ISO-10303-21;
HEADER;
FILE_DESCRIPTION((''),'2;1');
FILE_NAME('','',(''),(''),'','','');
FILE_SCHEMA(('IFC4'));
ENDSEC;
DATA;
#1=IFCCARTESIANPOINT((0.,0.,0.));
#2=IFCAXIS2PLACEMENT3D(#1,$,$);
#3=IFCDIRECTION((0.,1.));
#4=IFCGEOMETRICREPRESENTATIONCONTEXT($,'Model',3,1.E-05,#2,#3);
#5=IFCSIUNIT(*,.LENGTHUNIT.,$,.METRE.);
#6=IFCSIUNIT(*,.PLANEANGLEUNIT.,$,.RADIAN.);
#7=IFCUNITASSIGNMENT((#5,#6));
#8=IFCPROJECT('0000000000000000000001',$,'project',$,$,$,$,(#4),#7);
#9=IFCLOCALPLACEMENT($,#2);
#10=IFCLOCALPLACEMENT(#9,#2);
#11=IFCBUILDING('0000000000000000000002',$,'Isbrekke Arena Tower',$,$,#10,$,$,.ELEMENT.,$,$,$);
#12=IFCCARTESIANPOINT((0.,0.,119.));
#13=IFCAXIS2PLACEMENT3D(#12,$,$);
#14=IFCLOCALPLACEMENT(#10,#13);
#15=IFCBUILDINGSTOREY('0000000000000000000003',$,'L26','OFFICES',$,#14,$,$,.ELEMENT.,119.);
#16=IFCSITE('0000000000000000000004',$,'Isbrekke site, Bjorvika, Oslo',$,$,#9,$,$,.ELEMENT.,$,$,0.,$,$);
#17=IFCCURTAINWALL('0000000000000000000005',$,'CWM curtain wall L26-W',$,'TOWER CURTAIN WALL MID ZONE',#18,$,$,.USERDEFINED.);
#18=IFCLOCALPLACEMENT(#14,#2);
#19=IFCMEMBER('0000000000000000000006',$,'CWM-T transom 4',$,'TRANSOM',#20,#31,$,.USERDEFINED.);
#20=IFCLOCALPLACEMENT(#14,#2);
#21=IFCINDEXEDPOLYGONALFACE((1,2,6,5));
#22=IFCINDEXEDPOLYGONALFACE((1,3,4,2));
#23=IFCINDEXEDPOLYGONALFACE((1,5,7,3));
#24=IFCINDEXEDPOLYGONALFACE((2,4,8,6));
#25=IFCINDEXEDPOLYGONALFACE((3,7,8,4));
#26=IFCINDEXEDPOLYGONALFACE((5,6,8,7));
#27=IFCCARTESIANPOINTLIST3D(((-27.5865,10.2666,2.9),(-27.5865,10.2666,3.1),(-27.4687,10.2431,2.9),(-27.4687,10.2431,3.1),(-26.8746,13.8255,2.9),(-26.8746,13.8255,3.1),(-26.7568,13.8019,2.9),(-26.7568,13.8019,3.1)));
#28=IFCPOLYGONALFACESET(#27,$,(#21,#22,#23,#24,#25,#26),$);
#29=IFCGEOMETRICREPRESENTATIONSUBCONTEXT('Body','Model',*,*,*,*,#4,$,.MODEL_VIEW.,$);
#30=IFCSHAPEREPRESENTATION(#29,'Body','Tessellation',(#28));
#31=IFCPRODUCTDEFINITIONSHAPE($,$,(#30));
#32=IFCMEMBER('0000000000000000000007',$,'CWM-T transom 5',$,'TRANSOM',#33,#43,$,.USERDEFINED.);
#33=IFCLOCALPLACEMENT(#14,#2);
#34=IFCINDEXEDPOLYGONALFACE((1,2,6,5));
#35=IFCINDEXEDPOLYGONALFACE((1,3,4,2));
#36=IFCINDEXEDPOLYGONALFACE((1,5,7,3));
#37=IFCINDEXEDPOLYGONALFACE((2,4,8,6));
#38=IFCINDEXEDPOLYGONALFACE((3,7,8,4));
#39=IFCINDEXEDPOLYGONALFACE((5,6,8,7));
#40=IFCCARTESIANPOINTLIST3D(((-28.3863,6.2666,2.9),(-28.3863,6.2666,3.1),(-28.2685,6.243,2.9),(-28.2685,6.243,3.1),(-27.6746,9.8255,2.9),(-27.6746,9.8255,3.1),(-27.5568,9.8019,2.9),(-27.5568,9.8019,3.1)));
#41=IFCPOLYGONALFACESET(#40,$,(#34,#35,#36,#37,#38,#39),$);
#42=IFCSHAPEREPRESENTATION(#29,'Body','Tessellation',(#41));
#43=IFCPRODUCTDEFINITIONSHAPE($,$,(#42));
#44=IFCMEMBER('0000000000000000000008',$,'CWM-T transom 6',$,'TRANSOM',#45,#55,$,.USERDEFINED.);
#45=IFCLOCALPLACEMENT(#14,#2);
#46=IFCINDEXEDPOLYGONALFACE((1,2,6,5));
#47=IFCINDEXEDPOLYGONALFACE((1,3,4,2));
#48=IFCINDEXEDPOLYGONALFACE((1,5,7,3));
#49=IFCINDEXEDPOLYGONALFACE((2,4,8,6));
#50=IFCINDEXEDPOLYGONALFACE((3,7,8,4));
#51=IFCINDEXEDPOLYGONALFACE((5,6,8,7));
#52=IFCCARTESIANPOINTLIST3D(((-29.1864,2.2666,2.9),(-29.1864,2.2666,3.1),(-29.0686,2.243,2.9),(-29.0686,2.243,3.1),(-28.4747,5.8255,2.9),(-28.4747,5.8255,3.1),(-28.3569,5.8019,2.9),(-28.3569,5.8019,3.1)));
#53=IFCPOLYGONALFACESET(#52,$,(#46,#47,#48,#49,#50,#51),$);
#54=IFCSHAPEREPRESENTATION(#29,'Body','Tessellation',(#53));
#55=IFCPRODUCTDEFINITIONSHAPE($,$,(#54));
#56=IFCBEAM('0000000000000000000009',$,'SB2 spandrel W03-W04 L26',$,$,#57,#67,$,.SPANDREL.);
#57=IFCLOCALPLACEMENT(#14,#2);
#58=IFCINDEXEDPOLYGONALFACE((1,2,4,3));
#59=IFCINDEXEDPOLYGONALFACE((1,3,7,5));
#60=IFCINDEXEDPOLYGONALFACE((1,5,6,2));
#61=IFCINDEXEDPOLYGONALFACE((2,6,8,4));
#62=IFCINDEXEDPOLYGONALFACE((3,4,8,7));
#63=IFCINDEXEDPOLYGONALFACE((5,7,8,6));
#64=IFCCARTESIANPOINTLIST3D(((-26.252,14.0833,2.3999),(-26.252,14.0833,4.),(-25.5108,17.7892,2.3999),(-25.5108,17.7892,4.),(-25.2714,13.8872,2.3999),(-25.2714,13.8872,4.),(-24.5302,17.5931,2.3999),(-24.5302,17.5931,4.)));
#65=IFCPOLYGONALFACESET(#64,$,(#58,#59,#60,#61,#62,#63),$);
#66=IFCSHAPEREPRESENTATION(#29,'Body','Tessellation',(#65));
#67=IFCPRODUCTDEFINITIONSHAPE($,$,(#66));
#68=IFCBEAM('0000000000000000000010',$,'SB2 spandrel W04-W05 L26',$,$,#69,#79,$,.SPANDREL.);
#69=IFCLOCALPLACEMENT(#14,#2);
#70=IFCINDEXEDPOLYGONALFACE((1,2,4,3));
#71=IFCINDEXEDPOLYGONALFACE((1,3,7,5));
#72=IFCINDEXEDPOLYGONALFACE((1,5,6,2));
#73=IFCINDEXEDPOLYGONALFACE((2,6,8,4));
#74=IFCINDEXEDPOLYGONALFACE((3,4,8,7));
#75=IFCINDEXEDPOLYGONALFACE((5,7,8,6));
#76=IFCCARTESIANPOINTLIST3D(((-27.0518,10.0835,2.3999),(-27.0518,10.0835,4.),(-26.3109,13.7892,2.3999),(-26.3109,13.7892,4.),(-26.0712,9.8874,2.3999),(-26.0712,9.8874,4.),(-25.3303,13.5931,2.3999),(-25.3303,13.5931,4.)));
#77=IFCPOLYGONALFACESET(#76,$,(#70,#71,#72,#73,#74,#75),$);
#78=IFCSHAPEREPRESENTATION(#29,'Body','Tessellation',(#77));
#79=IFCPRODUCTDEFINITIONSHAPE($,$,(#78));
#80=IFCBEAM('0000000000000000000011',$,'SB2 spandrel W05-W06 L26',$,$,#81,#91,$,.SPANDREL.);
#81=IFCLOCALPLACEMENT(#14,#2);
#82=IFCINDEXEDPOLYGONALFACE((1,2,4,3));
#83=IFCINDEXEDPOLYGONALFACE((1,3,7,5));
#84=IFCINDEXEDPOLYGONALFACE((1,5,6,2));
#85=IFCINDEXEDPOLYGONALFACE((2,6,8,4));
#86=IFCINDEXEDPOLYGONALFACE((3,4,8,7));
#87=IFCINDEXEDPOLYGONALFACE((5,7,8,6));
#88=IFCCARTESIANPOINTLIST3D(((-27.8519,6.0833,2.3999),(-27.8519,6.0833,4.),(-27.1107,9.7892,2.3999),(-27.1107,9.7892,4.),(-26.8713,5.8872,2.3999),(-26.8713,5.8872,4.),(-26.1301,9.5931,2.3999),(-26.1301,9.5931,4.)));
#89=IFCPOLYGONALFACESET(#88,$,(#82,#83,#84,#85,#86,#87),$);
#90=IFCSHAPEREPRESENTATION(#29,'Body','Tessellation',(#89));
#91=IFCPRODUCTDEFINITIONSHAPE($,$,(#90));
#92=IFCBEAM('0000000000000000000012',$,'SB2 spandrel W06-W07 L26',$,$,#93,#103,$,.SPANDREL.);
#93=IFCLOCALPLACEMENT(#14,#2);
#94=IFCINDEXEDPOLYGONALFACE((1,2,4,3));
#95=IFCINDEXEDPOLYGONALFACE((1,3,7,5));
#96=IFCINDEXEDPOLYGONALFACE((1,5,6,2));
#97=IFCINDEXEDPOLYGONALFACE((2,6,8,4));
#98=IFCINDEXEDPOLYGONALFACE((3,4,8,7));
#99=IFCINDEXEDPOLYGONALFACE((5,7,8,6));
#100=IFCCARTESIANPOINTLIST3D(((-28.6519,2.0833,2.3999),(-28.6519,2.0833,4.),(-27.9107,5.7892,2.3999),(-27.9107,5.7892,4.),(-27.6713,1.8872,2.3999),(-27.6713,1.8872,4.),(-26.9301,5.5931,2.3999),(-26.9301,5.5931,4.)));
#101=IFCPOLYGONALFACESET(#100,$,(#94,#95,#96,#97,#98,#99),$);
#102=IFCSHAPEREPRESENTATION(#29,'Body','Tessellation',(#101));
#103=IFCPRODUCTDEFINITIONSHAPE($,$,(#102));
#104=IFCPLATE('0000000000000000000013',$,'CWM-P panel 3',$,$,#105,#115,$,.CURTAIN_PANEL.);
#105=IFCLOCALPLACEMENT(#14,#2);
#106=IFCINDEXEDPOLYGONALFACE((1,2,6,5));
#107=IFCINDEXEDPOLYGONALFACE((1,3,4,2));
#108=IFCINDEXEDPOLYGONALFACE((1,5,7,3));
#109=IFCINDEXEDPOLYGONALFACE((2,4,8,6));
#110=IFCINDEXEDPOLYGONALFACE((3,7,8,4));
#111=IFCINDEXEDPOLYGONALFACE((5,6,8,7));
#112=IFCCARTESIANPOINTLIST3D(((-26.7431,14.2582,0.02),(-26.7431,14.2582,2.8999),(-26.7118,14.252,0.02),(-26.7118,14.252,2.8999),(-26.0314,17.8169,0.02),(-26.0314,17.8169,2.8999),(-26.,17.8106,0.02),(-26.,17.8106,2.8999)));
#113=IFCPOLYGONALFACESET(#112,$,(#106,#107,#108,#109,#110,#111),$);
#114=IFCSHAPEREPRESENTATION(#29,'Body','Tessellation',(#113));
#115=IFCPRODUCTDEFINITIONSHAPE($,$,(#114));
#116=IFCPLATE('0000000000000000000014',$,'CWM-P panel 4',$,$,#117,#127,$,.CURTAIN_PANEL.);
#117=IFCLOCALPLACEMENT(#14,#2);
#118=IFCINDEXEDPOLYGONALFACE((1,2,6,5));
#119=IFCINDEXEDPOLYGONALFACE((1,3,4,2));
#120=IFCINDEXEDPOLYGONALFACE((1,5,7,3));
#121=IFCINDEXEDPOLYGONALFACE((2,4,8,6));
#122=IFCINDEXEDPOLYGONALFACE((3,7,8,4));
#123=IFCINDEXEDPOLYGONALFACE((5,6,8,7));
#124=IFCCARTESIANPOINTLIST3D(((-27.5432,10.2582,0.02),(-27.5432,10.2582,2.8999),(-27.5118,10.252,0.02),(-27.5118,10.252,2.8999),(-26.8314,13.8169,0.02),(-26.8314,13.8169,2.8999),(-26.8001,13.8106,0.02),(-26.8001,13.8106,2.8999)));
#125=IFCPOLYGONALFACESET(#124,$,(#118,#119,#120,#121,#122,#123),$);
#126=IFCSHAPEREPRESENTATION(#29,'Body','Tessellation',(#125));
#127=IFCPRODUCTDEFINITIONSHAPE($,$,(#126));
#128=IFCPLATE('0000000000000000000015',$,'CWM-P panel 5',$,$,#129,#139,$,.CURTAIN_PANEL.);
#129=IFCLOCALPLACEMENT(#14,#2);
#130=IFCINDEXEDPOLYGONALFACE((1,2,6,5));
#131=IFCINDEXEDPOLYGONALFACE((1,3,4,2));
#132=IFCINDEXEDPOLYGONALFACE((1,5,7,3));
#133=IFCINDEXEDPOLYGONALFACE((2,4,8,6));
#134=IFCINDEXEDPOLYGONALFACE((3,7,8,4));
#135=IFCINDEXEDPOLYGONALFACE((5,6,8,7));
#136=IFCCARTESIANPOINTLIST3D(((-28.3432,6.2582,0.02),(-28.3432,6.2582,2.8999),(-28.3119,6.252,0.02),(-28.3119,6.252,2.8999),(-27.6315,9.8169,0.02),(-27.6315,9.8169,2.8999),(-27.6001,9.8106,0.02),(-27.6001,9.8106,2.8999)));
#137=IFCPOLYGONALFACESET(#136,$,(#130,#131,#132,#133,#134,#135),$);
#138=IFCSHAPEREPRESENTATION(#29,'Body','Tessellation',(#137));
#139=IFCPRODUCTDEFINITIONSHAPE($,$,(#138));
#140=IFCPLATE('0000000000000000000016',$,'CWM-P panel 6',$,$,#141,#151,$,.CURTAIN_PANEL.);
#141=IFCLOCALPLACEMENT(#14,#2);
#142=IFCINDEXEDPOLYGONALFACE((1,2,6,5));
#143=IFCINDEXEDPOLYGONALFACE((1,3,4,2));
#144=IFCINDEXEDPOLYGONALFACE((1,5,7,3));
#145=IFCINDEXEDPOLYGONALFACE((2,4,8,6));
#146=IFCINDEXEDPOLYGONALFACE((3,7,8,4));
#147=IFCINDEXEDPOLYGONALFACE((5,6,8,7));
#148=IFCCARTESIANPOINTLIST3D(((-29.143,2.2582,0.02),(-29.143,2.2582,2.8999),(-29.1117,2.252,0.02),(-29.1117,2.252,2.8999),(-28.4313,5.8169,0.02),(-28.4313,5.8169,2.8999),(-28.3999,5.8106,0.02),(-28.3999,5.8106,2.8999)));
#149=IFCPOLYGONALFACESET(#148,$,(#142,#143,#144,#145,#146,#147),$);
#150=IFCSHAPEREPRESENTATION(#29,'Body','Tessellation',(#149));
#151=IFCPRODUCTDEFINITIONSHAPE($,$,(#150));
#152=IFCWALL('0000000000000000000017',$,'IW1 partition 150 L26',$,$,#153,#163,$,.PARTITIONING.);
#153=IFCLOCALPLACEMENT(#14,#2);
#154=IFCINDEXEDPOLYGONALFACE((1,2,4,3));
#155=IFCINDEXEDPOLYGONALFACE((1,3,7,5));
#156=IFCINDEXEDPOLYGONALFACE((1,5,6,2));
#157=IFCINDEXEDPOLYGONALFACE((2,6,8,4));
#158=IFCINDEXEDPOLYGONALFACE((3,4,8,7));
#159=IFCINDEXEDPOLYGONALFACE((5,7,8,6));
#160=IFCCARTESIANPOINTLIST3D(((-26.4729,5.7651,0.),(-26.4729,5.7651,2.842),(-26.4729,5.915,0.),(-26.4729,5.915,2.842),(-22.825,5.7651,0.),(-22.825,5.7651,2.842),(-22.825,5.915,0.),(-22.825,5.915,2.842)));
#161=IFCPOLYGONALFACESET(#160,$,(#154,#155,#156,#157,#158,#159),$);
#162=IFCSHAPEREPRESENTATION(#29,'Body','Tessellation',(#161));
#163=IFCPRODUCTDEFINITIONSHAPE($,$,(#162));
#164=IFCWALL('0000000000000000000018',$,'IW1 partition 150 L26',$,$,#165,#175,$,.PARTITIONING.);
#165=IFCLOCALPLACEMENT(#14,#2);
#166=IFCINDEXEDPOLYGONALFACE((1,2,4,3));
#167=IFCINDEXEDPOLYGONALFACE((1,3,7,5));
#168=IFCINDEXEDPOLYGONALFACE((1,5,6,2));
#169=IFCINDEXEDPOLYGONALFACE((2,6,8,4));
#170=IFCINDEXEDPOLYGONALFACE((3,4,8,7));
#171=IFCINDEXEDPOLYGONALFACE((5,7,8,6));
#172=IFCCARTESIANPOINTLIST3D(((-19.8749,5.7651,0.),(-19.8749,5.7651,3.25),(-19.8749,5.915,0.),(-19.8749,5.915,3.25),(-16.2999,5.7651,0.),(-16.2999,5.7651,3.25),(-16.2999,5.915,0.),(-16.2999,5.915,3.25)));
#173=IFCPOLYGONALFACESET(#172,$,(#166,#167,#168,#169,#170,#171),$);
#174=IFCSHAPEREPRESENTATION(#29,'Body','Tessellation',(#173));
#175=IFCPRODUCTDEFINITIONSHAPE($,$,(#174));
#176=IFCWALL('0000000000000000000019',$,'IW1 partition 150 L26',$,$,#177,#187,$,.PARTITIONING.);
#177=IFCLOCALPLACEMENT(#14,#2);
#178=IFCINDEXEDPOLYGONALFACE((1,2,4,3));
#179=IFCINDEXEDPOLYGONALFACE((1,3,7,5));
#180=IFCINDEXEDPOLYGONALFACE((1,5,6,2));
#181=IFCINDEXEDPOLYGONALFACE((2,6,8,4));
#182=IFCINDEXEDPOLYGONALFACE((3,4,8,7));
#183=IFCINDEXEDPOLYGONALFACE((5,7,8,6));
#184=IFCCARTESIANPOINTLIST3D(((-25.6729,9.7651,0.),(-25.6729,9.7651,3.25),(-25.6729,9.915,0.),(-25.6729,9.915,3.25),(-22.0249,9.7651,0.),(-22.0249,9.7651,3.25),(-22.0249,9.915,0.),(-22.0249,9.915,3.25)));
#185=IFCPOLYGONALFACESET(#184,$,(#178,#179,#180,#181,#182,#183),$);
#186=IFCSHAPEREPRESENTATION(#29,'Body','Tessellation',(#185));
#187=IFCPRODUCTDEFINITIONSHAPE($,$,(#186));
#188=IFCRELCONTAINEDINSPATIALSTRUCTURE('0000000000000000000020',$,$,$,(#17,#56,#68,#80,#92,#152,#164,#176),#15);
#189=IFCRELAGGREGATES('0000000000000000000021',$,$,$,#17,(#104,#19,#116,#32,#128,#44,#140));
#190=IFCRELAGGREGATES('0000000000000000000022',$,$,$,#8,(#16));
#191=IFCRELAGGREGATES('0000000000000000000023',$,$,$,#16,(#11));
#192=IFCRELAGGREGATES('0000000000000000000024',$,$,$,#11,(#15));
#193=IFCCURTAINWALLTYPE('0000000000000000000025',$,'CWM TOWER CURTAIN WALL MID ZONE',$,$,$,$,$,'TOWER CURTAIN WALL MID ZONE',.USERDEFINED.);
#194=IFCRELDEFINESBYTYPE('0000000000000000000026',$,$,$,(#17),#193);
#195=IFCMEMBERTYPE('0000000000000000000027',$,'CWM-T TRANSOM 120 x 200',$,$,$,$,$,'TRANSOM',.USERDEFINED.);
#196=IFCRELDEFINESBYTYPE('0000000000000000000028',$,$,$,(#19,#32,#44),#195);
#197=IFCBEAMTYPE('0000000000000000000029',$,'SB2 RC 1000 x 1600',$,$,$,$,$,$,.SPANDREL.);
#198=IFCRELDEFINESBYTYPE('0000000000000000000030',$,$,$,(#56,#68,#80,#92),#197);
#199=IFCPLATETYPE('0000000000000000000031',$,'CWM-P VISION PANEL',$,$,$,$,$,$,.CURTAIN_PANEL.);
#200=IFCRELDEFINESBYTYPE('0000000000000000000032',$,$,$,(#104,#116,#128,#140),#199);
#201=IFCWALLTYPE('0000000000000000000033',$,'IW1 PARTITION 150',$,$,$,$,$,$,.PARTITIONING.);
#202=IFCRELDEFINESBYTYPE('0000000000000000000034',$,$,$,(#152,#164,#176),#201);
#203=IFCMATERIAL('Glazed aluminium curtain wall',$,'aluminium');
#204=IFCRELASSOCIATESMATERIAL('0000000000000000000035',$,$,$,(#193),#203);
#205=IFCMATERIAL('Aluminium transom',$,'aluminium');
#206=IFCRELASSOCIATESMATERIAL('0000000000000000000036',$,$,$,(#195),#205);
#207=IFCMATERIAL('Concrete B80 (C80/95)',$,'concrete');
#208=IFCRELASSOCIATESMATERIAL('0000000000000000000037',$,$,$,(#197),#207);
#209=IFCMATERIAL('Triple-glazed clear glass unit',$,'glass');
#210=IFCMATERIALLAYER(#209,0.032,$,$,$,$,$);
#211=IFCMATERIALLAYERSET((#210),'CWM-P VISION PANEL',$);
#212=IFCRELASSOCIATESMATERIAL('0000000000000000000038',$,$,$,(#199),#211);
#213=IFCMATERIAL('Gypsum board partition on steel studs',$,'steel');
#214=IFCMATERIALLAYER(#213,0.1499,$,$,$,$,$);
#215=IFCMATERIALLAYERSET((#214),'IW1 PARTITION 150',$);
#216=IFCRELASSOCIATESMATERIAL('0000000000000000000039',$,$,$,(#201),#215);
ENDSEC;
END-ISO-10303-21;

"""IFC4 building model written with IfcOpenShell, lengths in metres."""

from ifc_helpers import new_model, si_unit, direction, frame, frame_2d, origin, origin_2d, place, context, subcontext, project, spatial, rectangle, extrude, material, layer, layer_set, material_profile, profile_set, type_object, element, aggregate, save


model = new_model("IFC4")

# Units and contexts
model_context = context("Model", 3, precision=1e-05, world=origin(), true_north=direction((0.0, 1.0)))
body_context = subcontext(model_context, "Body", "Model", "MODEL_VIEW")
ifc_project = project(units=[si_unit("LENGTHUNIT", "METRE"), si_unit("PLANEANGLEUNIT", "RADIAN")], contexts=[model_context])

# Site, building, storey
site_placement = place(None, origin())
site = spatial("IfcSite", under=ifc_project, at=site_placement, Name="Isbrekke site, Bjorvika, Oslo", CompositionType="ELEMENT", RefElevation=0.0)
building_placement = place(site_placement, origin())
building = spatial("IfcBuilding", under=site, at=building_placement, Name="Isbrekke Arena Tower", CompositionType="ELEMENT")
storey_placement = place(building_placement, frame((0.0, 0.0, 119.0)))
storey = spatial("IfcBuildingStorey", under=building, at=storey_placement, Name="L26", Description="OFFICES", CompositionType="ELEMENT", Elevation=119.0)

# Curtain wall, members
ifc_material_1 = material(Name="Glazed aluminium curtain wall", Category="aluminium")
curtain_wall_type = type_object("IfcCurtainWallType", Name="CWM TOWER CURTAIN WALL MID ZONE", ElementType="TOWER CURTAIN WALL MID ZONE", PredefinedType="USERDEFINED", material=ifc_material_1)
curtain_wall_placement = place(storey_placement, origin())
curtain_wall = element("IfcCurtainWall", 1, at=curtain_wall_placement, inside=storey, type_object=curtain_wall_type, Name="CWM curtain wall L26-W", ObjectType="TOWER CURTAIN WALL MID ZONE", PredefinedType="USERDEFINED")
ifc_material_2 = material(Name="Aluminium transom", Category="aluminium")
ifc_material_profile_1 = material_profile(ifc_material_2, rectangle(XDim=0.1201, YDim=0.2, at=origin_2d()), Name="TRANSOM 120X200")
ifc_profile_set_1 = profile_set([ifc_material_profile_1], Name="Aluminium transom")
member_type_1 = type_object("IfcMemberType", Name="CWM-T TRANSOM 120 x 200", ElementType="TRANSOM", PredefinedType="USERDEFINED", material=ifc_profile_set_1)
member_1_placement = place(storey_placement, frame((-26.8157, 13.8137, 3.0), z_axis=(-0.196155, -0.980573, 0.0), x_axis=(0.980573, -0.196155, 0.0)))
member_1 = element("IfcMember", 2, at=member_1_placement, type_object=member_type_1, Name="CWM-T transom 4", ObjectType="TRANSOM", PredefinedType="USERDEFINED", context=body_context, shape_type="SweptSolid", body=[
    extrude(rectangle(XDim=0.1201, YDim=0.2, at=origin_2d()), origin(), (0.0, 0.0, 1.0), 3.6294),
])
member_2_placement = place(storey_placement, frame((-27.6157, 9.8137, 3.0), z_axis=(-0.19609, -0.980586, 0.0), x_axis=(0.980586, -0.19609, 0.0)))
member_2 = element("IfcMember", 3, at=member_2_placement, type_object=member_type_1, Name="CWM-T transom 5", ObjectType="TRANSOM", PredefinedType="USERDEFINED", context=body_context, shape_type="SweptSolid", body=[
    extrude(rectangle(XDim=0.1201, YDim=0.2, at=origin_2d()), origin(), (0.0, 0.0, 1.0), 3.6294),
])
member_3_placement = place(storey_placement, frame((-28.4158, 5.8137, 3.0), z_axis=(-0.19609, -0.980586, 0.0), x_axis=(0.980586, -0.19609, 0.0)))
member_3 = element("IfcMember", 4, at=member_3_placement, type_object=member_type_1, Name="CWM-T transom 6", ObjectType="TRANSOM", PredefinedType="USERDEFINED", context=body_context, shape_type="SweptSolid", body=[
    extrude(rectangle(XDim=0.1201, YDim=0.2, at=origin_2d()), origin(), (0.0, 0.0, 1.0), 3.6294),
])

# Beams
ifc_material_3 = material(Name="Concrete B80 (C80/95)", Category="concrete")
ifc_material_profile_2 = material_profile(ifc_material_3, rectangle(XDim=1.0, YDim=1.6001, at=origin_2d()), Name="RC 1000x1600")
ifc_profile_set_2 = profile_set([ifc_material_profile_2], Name="Concrete B80 (C80/95)")
beam_type_1 = type_object("IfcBeamType", Name="SB2 RC 1000 x 1600", PredefinedType="SPANDREL", material=ifc_profile_set_2)
beam_1_placement = place(storey_placement, frame((-25.0205, 17.6912, 3.2), z_axis=(-0.196129, -0.980578, 0.0), x_axis=(0.980578, -0.196129, 0.0)))
element("IfcBeam", 5, at=beam_1_placement, inside=storey, type_object=beam_type_1, Name="SB2 spandrel W03-W04 L26", PredefinedType="SPANDREL", context=body_context, shape_type="SweptSolid", body=[
    extrude(rectangle(XDim=1.0, YDim=1.6001, at=origin_2d()), origin(), (0.0, 0.0, 1.0), 3.7793),
])
beam_2_placement = place(storey_placement, frame((-25.8206, 13.6912, 3.2), z_axis=(-0.196066, -0.980591, 0.0), x_axis=(0.980591, -0.196066, 0.0)))
element("IfcBeam", 6, at=beam_2_placement, inside=storey, type_object=beam_type_1, Name="SB2 spandrel W04-W05 L26", PredefinedType="SPANDREL", context=body_context, shape_type="SweptSolid", body=[
    extrude(rectangle(XDim=1.0, YDim=1.6001, at=origin_2d()), origin(), (0.0, 0.0, 1.0), 3.7791),
])
for number, where, z_axis, x_axis, name in (
    (7, (-26.6204, 9.6912, 3.2), (-0.196129, -0.980578, 0.0), (0.980578, -0.196129, 0.0), "SB2 spandrel W05-W06 L26"),
    (8, (-27.4204, 5.6912, 3.2), (-0.196129, -0.980578, 0.0), (0.980578, -0.196129, 0.0), "SB2 spandrel W06-W07 L26"),
):
    element("IfcBeam", number, at=place(storey_placement, frame(where, z_axis=z_axis, x_axis=x_axis)), inside=storey, type_object=beam_type_1, Name=name, PredefinedType="SPANDREL", context=body_context, shape_type="SweptSolid", body=[
        extrude(rectangle(XDim=1.0, YDim=1.6001, at=origin_2d()), origin(), (0.0, 0.0, 1.0), 3.7793),
    ])

# Plates
ifc_material_4 = material(Name="Triple-glazed clear glass unit", Category="glass")
ifc_layer_1 = layer(ifc_material_4, 0.032)
ifc_layer_set_1 = layer_set([ifc_layer_1], Name="CWM-P VISION PANEL")
plate_type = type_object("IfcPlateType", Name="CWM-P VISION PANEL", PredefinedType="CURTAIN_PANEL", material=ifc_layer_set_1)
plate_1_placement = place(storey_placement, frame((-26.3716, 16.0344, 0.02), z_axis=(0.0, 0.0, 1.0), x_axis=(-0.196116, -0.980581, 0.0)))
plate_1 = element("IfcPlate", 9, at=plate_1_placement, type_object=plate_type, Name="CWM-P panel 3", PredefinedType="CURTAIN_PANEL", context=body_context, shape_type="SweptSolid", body=[
    extrude(rectangle(XDim=3.6292, YDim=0.032, at=origin_2d()), origin(), (0.0, 0.0, 1.0), 2.8799),
])
plate_2_placement = place(storey_placement, frame((-27.1716, 12.0344, 0.02), z_axis=(0.0, 0.0, 1.0), x_axis=(-0.196116, -0.980581, 0.0)))
plate_2 = element("IfcPlate", 10, at=plate_2_placement, type_object=plate_type, Name="CWM-P panel 4", PredefinedType="CURTAIN_PANEL", context=body_context, shape_type="SweptSolid", body=[
    extrude(rectangle(XDim=3.6292, YDim=0.032, at=origin_2d()), origin(), (0.0, 0.0, 1.0), 2.8799),
])
plate_3_placement = place(storey_placement, frame((-27.9717, 8.0344, 0.02), z_axis=(0.0, 0.0, 1.0), x_axis=(-0.196116, -0.980581, 0.0)))
plate_3 = element("IfcPlate", 11, at=plate_3_placement, type_object=plate_type, Name="CWM-P panel 5", PredefinedType="CURTAIN_PANEL", context=body_context, shape_type="SweptSolid", body=[
    extrude(rectangle(XDim=3.6292, YDim=0.032, at=origin_2d()), origin(), (0.0, 0.0, 1.0), 2.8799),
])
plate_4_placement = place(storey_placement, frame((-28.7715, 4.0344, 0.02), z_axis=(0.0, 0.0, 1.0), x_axis=(-0.196116, -0.980581, 0.0)))
plate_4 = element("IfcPlate", 12, at=plate_4_placement, type_object=plate_type, Name="CWM-P panel 6", PredefinedType="CURTAIN_PANEL", context=body_context, shape_type="SweptSolid", body=[
    extrude(rectangle(XDim=3.6292, YDim=0.032, at=origin_2d()), origin(), (0.0, 0.0, 1.0), 2.8799),
])
aggregate(curtain_wall, [plate_1, member_1, plate_2, member_2, plate_3, member_3, plate_4])

# Walls
ifc_material_5 = material(Name="Gypsum board partition on steel studs", Category="steel")
ifc_layer_2 = layer(ifc_material_5, 0.1499)
ifc_layer_set_2 = layer_set([ifc_layer_2], Name="IW1 PARTITION 150")
wall_type = type_object("IfcWallType", Name="IW1 PARTITION 150", PredefinedType="PARTITIONING", material=ifc_layer_set_2)
wall_1_placement = place(storey_placement, frame((-26.4729, 5.8401, 0.0), z_axis=(0.0, 0.0, 1.0), x_axis=(1.0, 0.0, 0.0)))
element("IfcWall", 13, at=wall_1_placement, inside=storey, type_object=wall_type, Name="IW1 partition 150 L26", PredefinedType="PARTITIONING", context=body_context, shape_type="SweptSolid", body=[
    extrude(rectangle(XDim=3.6479, YDim=0.1499, at=frame_2d((1.824, 0.0))), origin(), (0.0, 0.0, 1.0), 2.842),
])
wall_2_placement = place(storey_placement, frame((-19.875, 5.8401, 0.0), z_axis=(0.0, 0.0, 1.0), x_axis=(1.0, 0.0, 0.0)))
element("IfcWall", 14, at=wall_2_placement, inside=storey, type_object=wall_type, Name="IW1 partition 150 L26", PredefinedType="PARTITIONING", context=body_context, shape_type="SweptSolid", body=[
    extrude(rectangle(XDim=3.575, YDim=0.1499, at=frame_2d((1.7876, 0.0))), origin(), (0.0, 0.0, 1.0), 3.25),
])
wall_3_placement = place(storey_placement, frame((-25.6729, 9.8401, 0.0), z_axis=(0.0, 0.0, 1.0), x_axis=(1.0, 0.0, 0.0)))
element("IfcWall", 15, at=wall_3_placement, inside=storey, type_object=wall_type, Name="IW1 partition 150 L26", PredefinedType="PARTITIONING", context=body_context, shape_type="SweptSolid", body=[
    extrude(rectangle(XDim=3.6479, YDim=0.1499, at=frame_2d((1.824, 0.0))), origin(), (0.0, 0.0, 1.0), 3.25),
])

save(model, "model.ifc")
